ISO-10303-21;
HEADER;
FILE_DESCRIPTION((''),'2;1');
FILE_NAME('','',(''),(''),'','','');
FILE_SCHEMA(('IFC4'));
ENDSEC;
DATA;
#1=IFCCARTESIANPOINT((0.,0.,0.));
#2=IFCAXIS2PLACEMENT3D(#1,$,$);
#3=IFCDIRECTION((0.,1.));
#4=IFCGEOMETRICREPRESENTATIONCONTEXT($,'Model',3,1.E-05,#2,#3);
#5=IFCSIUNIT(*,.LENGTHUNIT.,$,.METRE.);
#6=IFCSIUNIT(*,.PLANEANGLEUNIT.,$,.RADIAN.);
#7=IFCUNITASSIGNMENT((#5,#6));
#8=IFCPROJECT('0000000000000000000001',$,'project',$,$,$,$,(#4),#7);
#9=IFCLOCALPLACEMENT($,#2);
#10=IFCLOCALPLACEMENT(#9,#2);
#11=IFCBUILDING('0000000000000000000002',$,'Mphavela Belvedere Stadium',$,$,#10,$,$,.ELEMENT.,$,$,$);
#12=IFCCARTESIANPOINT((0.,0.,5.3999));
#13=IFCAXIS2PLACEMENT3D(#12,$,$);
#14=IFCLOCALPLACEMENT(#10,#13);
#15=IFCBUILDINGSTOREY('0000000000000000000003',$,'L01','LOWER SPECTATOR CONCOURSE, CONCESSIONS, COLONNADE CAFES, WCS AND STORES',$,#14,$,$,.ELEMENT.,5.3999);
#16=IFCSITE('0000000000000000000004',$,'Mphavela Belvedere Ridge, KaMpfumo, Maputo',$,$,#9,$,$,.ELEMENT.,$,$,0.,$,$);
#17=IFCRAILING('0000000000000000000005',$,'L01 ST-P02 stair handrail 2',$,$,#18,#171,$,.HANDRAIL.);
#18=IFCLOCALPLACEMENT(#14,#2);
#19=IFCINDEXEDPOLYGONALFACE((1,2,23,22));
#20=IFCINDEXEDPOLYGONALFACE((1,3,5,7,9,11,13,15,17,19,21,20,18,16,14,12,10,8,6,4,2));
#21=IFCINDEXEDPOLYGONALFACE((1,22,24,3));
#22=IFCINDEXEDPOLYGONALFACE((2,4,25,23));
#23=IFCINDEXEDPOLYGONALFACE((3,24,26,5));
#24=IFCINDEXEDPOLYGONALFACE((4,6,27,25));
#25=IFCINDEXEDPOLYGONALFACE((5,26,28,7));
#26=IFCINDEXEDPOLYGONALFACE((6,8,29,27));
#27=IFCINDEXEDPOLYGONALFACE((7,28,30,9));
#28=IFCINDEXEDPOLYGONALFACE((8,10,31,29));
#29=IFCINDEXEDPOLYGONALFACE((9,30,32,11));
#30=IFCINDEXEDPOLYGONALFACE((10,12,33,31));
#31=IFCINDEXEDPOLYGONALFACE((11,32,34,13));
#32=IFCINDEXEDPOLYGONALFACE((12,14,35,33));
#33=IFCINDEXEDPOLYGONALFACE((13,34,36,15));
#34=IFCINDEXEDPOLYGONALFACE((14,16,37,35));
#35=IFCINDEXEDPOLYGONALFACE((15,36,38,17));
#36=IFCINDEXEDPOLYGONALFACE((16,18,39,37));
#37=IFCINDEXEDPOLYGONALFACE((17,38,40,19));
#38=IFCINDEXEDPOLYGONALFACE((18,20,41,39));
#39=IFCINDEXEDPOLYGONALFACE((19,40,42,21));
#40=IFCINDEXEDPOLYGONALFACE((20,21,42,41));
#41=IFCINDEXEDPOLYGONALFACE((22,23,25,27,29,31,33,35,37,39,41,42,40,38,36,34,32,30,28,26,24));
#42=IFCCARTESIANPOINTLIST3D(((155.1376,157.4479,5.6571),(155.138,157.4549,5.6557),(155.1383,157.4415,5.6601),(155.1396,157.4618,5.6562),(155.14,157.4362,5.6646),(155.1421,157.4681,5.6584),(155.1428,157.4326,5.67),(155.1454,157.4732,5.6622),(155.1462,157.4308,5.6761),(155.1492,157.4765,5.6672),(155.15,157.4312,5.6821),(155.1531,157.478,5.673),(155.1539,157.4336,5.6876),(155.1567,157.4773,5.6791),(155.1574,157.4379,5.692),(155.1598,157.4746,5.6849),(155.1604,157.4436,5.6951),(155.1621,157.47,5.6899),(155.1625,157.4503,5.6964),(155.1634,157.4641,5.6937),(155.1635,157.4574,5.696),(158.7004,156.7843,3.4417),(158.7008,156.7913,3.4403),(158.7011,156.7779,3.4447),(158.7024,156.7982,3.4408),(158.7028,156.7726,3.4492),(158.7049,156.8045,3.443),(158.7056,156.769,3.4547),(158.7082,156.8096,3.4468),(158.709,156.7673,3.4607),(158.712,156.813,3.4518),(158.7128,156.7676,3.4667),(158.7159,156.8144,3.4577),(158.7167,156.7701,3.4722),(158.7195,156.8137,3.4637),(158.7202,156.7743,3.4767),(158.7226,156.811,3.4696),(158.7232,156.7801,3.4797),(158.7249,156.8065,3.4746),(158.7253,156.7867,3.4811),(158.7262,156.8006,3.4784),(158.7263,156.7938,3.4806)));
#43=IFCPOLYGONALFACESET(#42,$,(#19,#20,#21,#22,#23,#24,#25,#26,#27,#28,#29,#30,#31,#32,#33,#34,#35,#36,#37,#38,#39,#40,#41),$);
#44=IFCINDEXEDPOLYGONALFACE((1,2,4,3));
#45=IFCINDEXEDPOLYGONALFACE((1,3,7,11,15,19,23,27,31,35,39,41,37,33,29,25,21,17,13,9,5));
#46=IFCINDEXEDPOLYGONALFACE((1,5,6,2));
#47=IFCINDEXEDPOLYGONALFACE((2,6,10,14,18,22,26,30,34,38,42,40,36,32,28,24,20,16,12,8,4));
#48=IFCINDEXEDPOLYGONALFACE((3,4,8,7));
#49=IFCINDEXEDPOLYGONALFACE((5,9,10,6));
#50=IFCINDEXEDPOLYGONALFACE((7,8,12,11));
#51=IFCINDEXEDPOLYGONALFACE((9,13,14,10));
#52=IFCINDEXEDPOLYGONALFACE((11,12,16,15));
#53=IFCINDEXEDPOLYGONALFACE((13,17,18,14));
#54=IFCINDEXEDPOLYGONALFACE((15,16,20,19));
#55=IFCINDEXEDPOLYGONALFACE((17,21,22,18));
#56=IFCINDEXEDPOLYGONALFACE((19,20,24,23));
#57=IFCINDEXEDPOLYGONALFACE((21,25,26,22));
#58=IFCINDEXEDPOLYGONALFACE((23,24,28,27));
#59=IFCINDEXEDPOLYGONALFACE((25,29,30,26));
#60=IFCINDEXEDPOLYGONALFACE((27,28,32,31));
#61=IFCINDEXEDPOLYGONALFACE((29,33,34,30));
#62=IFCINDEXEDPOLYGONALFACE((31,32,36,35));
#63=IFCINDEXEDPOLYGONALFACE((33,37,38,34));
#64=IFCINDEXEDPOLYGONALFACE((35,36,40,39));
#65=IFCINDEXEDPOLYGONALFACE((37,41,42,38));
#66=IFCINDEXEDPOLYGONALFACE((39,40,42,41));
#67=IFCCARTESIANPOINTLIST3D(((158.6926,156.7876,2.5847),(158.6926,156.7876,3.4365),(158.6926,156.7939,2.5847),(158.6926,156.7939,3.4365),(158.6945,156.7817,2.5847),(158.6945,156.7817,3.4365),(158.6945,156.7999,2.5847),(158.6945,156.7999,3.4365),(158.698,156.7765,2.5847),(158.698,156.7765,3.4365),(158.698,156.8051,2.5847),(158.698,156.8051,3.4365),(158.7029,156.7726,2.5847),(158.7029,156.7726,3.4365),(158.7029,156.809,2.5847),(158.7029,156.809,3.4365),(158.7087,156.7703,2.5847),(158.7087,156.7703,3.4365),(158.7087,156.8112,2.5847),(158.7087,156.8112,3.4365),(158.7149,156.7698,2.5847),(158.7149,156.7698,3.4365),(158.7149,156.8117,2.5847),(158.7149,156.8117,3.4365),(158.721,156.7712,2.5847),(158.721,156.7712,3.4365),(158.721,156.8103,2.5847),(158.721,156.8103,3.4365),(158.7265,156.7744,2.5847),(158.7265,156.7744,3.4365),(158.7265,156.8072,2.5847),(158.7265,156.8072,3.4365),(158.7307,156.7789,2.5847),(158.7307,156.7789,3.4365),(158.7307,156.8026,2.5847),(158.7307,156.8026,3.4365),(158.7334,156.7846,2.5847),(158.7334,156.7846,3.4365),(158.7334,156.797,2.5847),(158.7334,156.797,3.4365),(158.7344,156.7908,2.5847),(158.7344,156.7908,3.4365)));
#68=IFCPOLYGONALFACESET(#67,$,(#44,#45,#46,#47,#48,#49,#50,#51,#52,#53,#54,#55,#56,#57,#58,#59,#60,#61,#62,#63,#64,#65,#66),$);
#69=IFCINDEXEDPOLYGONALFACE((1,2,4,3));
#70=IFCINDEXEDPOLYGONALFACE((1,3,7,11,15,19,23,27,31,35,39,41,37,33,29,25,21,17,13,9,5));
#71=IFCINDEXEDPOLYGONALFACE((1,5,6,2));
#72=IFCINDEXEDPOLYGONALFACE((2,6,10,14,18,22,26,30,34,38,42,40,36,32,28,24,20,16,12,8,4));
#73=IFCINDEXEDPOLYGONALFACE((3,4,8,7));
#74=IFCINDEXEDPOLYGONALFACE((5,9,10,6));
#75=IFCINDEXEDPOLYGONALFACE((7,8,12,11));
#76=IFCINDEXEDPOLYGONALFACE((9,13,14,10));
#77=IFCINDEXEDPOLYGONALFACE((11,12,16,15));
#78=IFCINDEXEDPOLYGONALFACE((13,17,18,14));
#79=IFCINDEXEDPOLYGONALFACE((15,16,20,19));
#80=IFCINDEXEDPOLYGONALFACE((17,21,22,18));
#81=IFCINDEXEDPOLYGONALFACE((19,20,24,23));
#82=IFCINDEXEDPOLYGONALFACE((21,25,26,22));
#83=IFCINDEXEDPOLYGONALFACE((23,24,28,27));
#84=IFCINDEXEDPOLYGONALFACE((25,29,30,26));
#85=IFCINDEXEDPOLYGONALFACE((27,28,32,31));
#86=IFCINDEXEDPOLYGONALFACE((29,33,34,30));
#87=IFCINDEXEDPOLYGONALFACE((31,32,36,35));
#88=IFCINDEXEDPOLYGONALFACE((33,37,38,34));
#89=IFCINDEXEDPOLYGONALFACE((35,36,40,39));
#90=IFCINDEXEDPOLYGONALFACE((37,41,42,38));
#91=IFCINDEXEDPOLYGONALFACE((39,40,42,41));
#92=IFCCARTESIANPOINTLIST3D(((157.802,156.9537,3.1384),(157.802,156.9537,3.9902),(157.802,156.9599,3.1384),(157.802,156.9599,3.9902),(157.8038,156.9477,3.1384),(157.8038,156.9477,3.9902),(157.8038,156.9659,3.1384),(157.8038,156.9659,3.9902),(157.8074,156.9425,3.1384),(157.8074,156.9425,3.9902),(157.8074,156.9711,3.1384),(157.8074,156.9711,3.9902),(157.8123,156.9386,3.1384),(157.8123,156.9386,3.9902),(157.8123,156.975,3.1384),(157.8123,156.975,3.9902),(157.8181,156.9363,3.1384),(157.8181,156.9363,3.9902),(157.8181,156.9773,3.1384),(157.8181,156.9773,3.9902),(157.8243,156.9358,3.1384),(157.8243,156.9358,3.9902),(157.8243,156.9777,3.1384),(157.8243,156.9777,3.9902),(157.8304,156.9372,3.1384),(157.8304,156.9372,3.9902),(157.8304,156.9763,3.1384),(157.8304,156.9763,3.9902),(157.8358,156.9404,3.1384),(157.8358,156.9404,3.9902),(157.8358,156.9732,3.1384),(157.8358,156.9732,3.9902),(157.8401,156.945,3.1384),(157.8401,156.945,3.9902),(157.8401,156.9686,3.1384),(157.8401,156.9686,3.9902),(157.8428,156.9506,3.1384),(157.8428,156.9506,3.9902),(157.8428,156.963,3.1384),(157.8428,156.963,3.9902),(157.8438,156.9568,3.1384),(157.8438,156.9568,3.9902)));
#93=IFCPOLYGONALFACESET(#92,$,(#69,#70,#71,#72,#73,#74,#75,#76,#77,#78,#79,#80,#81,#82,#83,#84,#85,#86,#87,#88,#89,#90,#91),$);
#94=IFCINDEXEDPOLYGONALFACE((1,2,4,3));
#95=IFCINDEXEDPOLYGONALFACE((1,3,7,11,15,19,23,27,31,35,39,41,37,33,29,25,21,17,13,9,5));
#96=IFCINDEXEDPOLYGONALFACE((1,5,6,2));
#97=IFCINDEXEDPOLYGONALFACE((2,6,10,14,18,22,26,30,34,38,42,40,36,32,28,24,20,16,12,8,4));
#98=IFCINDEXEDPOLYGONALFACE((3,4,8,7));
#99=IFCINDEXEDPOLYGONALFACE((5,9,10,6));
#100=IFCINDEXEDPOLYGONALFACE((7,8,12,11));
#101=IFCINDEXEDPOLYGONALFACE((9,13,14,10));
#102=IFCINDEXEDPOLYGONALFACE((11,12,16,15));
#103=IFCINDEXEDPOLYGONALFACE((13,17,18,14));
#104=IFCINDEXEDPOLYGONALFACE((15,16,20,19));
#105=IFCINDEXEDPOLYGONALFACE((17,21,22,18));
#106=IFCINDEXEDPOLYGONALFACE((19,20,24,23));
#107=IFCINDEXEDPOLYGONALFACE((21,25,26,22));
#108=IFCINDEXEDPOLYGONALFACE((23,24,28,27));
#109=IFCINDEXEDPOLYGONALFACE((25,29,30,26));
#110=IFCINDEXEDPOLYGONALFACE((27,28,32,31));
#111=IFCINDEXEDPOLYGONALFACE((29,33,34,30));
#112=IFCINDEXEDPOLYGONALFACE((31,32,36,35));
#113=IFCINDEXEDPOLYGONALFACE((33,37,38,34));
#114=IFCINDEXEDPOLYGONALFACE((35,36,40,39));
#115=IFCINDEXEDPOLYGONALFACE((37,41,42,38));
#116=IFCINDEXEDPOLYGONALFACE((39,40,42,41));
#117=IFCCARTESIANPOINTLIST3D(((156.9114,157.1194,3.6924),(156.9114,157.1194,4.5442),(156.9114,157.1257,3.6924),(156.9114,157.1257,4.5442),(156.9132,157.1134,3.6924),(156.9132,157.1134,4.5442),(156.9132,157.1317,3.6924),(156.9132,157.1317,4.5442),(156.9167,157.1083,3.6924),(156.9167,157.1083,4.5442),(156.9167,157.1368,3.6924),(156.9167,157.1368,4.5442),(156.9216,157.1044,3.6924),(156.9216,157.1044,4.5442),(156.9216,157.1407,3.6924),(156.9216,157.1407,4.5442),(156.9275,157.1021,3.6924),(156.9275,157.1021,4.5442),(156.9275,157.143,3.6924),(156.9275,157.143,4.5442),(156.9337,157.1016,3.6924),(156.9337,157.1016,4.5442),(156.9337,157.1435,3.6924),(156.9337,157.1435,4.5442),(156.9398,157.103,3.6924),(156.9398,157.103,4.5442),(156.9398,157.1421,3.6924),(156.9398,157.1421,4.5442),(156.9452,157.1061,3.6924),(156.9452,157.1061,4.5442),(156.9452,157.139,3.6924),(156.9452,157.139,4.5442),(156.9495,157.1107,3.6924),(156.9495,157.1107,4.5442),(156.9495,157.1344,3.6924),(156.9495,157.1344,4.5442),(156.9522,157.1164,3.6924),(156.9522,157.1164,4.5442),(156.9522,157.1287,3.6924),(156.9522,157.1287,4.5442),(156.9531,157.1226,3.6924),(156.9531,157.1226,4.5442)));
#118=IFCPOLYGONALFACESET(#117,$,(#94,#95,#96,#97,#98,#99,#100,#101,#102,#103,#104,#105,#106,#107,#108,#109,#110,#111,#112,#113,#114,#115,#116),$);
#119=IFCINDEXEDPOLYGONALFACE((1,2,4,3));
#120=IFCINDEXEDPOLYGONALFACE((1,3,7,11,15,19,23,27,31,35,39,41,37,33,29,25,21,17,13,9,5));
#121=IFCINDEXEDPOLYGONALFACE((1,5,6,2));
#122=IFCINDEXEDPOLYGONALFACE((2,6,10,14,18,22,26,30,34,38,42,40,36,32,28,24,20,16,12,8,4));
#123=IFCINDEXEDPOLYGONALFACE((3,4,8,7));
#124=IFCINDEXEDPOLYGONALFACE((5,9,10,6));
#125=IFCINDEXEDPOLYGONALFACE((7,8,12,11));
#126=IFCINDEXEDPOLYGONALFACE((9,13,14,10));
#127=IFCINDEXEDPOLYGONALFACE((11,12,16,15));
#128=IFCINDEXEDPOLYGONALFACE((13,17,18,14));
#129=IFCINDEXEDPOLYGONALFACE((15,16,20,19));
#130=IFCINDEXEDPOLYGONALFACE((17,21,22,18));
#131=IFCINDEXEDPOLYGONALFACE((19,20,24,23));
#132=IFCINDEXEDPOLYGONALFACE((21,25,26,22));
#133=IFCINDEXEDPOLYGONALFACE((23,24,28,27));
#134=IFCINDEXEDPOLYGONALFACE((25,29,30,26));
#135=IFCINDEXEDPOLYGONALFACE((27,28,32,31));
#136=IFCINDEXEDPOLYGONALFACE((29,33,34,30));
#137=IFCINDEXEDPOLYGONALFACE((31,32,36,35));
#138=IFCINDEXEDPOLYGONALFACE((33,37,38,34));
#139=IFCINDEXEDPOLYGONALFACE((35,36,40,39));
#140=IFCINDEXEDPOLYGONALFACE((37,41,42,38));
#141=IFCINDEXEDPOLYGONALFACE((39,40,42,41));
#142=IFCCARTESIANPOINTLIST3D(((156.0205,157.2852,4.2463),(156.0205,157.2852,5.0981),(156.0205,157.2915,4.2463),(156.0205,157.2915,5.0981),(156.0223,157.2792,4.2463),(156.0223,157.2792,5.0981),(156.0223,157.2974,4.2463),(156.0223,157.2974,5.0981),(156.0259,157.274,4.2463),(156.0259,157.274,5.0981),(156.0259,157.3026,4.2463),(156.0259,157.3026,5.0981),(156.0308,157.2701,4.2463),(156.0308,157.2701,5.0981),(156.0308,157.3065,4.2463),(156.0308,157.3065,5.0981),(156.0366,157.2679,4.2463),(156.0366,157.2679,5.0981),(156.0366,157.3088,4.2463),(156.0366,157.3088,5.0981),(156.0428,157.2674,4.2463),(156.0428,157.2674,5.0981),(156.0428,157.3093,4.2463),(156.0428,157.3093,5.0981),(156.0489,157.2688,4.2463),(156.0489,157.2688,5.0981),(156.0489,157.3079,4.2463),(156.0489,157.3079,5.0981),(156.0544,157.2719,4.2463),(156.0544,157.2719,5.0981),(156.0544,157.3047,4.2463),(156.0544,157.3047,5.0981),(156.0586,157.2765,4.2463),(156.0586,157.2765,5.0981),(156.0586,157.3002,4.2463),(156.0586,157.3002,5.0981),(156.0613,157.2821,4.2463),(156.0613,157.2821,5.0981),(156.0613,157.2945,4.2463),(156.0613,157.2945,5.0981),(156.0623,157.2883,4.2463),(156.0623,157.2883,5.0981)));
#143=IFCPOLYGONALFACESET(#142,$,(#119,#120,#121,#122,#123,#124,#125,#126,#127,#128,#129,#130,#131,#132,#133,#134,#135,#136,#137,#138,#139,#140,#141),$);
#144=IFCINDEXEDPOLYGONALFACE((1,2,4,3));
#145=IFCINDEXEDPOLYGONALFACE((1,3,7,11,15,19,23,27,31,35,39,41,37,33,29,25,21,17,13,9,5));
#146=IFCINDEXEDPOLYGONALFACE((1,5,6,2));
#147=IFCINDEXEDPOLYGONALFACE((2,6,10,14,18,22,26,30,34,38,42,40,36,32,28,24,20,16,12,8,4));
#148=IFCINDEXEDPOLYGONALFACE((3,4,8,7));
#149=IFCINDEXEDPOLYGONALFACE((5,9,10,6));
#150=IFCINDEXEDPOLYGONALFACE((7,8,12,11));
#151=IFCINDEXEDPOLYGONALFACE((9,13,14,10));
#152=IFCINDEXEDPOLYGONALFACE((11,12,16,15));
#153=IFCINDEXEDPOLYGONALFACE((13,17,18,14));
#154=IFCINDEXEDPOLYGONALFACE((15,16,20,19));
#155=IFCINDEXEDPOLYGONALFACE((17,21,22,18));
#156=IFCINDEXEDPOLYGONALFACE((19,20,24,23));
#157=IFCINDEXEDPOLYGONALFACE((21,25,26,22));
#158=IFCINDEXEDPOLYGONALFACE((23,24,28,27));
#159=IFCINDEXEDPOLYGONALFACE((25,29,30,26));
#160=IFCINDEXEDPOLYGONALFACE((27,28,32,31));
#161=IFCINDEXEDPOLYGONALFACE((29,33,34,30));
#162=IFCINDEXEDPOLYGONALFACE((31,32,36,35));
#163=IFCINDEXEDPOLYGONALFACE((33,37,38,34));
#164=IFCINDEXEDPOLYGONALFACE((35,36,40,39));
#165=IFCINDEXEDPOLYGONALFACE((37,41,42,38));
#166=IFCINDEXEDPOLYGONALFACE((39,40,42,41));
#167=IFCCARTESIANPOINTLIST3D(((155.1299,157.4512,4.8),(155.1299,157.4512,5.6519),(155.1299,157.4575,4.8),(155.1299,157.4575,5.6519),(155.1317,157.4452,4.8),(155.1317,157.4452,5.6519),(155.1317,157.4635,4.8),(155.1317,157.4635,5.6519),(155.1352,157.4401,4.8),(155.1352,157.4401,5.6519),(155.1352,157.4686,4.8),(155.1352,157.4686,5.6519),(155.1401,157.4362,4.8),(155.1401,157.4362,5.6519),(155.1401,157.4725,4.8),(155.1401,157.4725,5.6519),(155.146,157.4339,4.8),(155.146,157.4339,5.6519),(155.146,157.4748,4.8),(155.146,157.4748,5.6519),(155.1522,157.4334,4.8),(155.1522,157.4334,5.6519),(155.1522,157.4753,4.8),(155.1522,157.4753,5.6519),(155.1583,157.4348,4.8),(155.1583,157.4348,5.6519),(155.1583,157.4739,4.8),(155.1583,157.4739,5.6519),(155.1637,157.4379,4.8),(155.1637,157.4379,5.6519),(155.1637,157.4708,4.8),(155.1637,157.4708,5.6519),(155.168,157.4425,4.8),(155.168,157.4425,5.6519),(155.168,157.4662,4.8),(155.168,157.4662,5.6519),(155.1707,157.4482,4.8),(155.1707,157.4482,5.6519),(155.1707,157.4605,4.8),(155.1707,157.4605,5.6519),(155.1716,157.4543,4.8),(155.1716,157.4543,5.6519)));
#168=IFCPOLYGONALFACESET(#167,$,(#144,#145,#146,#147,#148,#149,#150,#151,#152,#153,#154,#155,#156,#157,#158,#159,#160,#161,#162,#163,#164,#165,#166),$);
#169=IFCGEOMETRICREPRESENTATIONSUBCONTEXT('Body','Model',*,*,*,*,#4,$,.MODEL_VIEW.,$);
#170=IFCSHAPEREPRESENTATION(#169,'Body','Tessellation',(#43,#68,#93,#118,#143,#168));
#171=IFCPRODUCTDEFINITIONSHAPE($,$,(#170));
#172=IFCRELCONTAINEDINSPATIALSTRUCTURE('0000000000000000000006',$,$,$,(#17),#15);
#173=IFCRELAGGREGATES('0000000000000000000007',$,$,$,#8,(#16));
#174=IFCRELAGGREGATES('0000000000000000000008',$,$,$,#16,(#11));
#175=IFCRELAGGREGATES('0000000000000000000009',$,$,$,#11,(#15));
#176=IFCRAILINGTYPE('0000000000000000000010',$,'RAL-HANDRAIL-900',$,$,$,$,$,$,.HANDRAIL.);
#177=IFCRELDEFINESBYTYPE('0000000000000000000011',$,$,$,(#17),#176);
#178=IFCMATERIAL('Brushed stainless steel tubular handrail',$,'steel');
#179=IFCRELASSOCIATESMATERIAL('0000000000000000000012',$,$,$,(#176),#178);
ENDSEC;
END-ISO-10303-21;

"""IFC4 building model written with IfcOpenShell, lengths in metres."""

from ifc_helpers import new_model, si_unit, direction, frame, origin, origin_2d, place, context, subcontext, project, spatial, circle, extrude, material, type_object, element, save


model = new_model("IFC4")

# Units and contexts
model_context = context("Model", 3, precision=1e-05, world=origin(), true_north=direction((0.0, 1.0)))
body_context = subcontext(model_context, "Body", "Model", "MODEL_VIEW")
ifc_project = project(units=[si_unit("LENGTHUNIT", "METRE"), si_unit("PLANEANGLEUNIT", "RADIAN")], contexts=[model_context])

# Site, building, storey
site_placement = place(None, origin())
site = spatial("IfcSite", under=ifc_project, at=site_placement, Name="Mphavela Belvedere Ridge, KaMpfumo, Maputo", CompositionType="ELEMENT", RefElevation=0.0)
building_placement = place(site_placement, origin())
building = spatial("IfcBuilding", under=site, at=building_placement, Name="Mphavela Belvedere Stadium", CompositionType="ELEMENT")
storey_placement = place(building_placement, frame((0.0, 0.0, 5.3999)))
storey = spatial("IfcBuildingStorey", under=building, at=storey_placement, Name="L01", Description="LOWER SPECTATOR CONCOURSE, CONCESSIONS, COLONNADE CAFES, WCS AND STORES", CompositionType="ELEMENT", Elevation=5.3999)

# Railing
ifc_material_1 = material(Name="Brushed stainless steel tubular handrail", Category="steel")
railing_type_1 = type_object("IfcRailingType", Name="RAL-HANDRAIL-900", PredefinedType="HANDRAIL", material=ifc_material_1)
railing_1_placement = place(storey_placement, frame((158.7134, 156.7908, 2.5847)))
element("IfcRailing", 1, at=railing_1_placement, inside=storey, type_object=railing_type_1, Name="L01 ST-P02 stair handrail 2", PredefinedType="HANDRAIL", context=body_context, shape_type="SweptSolid", body=[
    extrude(circle(Radius=0.0239, at=origin_2d()), frame((0.0, 0.0, 0.876), z_axis=(-0.838788, 0.156227, 0.521563), x_axis=(-0.183105, -0.983093, 0.0)), (0.0, 0.0, 1.0), 4.2476),
    extrude(circle(Radius=0.021, at=origin_2d()), origin(), (0.0, 0.0, 1.0), 0.8518),
    extrude(circle(Radius=0.021, at=origin_2d()), frame((-0.8906, 0.166, 0.5537)), (0.0, 0.0, 1.0), 0.8518),
    extrude(circle(Radius=0.021, at=origin_2d()), frame((-1.7812, 0.3318, 1.1077)), (0.0, 0.0, 1.0), 0.8518),
    extrude(circle(Radius=0.021, at=origin_2d()), frame((-2.6721, 0.4976, 1.6616)), (0.0, 0.0, 1.0), 0.8518),
    extrude(circle(Radius=0.021, at=origin_2d()), frame((-3.5627, 0.6636, 2.2153)), (0.0, 0.0, 1.0), 0.8518),
])

save(model, "model.ifc")
